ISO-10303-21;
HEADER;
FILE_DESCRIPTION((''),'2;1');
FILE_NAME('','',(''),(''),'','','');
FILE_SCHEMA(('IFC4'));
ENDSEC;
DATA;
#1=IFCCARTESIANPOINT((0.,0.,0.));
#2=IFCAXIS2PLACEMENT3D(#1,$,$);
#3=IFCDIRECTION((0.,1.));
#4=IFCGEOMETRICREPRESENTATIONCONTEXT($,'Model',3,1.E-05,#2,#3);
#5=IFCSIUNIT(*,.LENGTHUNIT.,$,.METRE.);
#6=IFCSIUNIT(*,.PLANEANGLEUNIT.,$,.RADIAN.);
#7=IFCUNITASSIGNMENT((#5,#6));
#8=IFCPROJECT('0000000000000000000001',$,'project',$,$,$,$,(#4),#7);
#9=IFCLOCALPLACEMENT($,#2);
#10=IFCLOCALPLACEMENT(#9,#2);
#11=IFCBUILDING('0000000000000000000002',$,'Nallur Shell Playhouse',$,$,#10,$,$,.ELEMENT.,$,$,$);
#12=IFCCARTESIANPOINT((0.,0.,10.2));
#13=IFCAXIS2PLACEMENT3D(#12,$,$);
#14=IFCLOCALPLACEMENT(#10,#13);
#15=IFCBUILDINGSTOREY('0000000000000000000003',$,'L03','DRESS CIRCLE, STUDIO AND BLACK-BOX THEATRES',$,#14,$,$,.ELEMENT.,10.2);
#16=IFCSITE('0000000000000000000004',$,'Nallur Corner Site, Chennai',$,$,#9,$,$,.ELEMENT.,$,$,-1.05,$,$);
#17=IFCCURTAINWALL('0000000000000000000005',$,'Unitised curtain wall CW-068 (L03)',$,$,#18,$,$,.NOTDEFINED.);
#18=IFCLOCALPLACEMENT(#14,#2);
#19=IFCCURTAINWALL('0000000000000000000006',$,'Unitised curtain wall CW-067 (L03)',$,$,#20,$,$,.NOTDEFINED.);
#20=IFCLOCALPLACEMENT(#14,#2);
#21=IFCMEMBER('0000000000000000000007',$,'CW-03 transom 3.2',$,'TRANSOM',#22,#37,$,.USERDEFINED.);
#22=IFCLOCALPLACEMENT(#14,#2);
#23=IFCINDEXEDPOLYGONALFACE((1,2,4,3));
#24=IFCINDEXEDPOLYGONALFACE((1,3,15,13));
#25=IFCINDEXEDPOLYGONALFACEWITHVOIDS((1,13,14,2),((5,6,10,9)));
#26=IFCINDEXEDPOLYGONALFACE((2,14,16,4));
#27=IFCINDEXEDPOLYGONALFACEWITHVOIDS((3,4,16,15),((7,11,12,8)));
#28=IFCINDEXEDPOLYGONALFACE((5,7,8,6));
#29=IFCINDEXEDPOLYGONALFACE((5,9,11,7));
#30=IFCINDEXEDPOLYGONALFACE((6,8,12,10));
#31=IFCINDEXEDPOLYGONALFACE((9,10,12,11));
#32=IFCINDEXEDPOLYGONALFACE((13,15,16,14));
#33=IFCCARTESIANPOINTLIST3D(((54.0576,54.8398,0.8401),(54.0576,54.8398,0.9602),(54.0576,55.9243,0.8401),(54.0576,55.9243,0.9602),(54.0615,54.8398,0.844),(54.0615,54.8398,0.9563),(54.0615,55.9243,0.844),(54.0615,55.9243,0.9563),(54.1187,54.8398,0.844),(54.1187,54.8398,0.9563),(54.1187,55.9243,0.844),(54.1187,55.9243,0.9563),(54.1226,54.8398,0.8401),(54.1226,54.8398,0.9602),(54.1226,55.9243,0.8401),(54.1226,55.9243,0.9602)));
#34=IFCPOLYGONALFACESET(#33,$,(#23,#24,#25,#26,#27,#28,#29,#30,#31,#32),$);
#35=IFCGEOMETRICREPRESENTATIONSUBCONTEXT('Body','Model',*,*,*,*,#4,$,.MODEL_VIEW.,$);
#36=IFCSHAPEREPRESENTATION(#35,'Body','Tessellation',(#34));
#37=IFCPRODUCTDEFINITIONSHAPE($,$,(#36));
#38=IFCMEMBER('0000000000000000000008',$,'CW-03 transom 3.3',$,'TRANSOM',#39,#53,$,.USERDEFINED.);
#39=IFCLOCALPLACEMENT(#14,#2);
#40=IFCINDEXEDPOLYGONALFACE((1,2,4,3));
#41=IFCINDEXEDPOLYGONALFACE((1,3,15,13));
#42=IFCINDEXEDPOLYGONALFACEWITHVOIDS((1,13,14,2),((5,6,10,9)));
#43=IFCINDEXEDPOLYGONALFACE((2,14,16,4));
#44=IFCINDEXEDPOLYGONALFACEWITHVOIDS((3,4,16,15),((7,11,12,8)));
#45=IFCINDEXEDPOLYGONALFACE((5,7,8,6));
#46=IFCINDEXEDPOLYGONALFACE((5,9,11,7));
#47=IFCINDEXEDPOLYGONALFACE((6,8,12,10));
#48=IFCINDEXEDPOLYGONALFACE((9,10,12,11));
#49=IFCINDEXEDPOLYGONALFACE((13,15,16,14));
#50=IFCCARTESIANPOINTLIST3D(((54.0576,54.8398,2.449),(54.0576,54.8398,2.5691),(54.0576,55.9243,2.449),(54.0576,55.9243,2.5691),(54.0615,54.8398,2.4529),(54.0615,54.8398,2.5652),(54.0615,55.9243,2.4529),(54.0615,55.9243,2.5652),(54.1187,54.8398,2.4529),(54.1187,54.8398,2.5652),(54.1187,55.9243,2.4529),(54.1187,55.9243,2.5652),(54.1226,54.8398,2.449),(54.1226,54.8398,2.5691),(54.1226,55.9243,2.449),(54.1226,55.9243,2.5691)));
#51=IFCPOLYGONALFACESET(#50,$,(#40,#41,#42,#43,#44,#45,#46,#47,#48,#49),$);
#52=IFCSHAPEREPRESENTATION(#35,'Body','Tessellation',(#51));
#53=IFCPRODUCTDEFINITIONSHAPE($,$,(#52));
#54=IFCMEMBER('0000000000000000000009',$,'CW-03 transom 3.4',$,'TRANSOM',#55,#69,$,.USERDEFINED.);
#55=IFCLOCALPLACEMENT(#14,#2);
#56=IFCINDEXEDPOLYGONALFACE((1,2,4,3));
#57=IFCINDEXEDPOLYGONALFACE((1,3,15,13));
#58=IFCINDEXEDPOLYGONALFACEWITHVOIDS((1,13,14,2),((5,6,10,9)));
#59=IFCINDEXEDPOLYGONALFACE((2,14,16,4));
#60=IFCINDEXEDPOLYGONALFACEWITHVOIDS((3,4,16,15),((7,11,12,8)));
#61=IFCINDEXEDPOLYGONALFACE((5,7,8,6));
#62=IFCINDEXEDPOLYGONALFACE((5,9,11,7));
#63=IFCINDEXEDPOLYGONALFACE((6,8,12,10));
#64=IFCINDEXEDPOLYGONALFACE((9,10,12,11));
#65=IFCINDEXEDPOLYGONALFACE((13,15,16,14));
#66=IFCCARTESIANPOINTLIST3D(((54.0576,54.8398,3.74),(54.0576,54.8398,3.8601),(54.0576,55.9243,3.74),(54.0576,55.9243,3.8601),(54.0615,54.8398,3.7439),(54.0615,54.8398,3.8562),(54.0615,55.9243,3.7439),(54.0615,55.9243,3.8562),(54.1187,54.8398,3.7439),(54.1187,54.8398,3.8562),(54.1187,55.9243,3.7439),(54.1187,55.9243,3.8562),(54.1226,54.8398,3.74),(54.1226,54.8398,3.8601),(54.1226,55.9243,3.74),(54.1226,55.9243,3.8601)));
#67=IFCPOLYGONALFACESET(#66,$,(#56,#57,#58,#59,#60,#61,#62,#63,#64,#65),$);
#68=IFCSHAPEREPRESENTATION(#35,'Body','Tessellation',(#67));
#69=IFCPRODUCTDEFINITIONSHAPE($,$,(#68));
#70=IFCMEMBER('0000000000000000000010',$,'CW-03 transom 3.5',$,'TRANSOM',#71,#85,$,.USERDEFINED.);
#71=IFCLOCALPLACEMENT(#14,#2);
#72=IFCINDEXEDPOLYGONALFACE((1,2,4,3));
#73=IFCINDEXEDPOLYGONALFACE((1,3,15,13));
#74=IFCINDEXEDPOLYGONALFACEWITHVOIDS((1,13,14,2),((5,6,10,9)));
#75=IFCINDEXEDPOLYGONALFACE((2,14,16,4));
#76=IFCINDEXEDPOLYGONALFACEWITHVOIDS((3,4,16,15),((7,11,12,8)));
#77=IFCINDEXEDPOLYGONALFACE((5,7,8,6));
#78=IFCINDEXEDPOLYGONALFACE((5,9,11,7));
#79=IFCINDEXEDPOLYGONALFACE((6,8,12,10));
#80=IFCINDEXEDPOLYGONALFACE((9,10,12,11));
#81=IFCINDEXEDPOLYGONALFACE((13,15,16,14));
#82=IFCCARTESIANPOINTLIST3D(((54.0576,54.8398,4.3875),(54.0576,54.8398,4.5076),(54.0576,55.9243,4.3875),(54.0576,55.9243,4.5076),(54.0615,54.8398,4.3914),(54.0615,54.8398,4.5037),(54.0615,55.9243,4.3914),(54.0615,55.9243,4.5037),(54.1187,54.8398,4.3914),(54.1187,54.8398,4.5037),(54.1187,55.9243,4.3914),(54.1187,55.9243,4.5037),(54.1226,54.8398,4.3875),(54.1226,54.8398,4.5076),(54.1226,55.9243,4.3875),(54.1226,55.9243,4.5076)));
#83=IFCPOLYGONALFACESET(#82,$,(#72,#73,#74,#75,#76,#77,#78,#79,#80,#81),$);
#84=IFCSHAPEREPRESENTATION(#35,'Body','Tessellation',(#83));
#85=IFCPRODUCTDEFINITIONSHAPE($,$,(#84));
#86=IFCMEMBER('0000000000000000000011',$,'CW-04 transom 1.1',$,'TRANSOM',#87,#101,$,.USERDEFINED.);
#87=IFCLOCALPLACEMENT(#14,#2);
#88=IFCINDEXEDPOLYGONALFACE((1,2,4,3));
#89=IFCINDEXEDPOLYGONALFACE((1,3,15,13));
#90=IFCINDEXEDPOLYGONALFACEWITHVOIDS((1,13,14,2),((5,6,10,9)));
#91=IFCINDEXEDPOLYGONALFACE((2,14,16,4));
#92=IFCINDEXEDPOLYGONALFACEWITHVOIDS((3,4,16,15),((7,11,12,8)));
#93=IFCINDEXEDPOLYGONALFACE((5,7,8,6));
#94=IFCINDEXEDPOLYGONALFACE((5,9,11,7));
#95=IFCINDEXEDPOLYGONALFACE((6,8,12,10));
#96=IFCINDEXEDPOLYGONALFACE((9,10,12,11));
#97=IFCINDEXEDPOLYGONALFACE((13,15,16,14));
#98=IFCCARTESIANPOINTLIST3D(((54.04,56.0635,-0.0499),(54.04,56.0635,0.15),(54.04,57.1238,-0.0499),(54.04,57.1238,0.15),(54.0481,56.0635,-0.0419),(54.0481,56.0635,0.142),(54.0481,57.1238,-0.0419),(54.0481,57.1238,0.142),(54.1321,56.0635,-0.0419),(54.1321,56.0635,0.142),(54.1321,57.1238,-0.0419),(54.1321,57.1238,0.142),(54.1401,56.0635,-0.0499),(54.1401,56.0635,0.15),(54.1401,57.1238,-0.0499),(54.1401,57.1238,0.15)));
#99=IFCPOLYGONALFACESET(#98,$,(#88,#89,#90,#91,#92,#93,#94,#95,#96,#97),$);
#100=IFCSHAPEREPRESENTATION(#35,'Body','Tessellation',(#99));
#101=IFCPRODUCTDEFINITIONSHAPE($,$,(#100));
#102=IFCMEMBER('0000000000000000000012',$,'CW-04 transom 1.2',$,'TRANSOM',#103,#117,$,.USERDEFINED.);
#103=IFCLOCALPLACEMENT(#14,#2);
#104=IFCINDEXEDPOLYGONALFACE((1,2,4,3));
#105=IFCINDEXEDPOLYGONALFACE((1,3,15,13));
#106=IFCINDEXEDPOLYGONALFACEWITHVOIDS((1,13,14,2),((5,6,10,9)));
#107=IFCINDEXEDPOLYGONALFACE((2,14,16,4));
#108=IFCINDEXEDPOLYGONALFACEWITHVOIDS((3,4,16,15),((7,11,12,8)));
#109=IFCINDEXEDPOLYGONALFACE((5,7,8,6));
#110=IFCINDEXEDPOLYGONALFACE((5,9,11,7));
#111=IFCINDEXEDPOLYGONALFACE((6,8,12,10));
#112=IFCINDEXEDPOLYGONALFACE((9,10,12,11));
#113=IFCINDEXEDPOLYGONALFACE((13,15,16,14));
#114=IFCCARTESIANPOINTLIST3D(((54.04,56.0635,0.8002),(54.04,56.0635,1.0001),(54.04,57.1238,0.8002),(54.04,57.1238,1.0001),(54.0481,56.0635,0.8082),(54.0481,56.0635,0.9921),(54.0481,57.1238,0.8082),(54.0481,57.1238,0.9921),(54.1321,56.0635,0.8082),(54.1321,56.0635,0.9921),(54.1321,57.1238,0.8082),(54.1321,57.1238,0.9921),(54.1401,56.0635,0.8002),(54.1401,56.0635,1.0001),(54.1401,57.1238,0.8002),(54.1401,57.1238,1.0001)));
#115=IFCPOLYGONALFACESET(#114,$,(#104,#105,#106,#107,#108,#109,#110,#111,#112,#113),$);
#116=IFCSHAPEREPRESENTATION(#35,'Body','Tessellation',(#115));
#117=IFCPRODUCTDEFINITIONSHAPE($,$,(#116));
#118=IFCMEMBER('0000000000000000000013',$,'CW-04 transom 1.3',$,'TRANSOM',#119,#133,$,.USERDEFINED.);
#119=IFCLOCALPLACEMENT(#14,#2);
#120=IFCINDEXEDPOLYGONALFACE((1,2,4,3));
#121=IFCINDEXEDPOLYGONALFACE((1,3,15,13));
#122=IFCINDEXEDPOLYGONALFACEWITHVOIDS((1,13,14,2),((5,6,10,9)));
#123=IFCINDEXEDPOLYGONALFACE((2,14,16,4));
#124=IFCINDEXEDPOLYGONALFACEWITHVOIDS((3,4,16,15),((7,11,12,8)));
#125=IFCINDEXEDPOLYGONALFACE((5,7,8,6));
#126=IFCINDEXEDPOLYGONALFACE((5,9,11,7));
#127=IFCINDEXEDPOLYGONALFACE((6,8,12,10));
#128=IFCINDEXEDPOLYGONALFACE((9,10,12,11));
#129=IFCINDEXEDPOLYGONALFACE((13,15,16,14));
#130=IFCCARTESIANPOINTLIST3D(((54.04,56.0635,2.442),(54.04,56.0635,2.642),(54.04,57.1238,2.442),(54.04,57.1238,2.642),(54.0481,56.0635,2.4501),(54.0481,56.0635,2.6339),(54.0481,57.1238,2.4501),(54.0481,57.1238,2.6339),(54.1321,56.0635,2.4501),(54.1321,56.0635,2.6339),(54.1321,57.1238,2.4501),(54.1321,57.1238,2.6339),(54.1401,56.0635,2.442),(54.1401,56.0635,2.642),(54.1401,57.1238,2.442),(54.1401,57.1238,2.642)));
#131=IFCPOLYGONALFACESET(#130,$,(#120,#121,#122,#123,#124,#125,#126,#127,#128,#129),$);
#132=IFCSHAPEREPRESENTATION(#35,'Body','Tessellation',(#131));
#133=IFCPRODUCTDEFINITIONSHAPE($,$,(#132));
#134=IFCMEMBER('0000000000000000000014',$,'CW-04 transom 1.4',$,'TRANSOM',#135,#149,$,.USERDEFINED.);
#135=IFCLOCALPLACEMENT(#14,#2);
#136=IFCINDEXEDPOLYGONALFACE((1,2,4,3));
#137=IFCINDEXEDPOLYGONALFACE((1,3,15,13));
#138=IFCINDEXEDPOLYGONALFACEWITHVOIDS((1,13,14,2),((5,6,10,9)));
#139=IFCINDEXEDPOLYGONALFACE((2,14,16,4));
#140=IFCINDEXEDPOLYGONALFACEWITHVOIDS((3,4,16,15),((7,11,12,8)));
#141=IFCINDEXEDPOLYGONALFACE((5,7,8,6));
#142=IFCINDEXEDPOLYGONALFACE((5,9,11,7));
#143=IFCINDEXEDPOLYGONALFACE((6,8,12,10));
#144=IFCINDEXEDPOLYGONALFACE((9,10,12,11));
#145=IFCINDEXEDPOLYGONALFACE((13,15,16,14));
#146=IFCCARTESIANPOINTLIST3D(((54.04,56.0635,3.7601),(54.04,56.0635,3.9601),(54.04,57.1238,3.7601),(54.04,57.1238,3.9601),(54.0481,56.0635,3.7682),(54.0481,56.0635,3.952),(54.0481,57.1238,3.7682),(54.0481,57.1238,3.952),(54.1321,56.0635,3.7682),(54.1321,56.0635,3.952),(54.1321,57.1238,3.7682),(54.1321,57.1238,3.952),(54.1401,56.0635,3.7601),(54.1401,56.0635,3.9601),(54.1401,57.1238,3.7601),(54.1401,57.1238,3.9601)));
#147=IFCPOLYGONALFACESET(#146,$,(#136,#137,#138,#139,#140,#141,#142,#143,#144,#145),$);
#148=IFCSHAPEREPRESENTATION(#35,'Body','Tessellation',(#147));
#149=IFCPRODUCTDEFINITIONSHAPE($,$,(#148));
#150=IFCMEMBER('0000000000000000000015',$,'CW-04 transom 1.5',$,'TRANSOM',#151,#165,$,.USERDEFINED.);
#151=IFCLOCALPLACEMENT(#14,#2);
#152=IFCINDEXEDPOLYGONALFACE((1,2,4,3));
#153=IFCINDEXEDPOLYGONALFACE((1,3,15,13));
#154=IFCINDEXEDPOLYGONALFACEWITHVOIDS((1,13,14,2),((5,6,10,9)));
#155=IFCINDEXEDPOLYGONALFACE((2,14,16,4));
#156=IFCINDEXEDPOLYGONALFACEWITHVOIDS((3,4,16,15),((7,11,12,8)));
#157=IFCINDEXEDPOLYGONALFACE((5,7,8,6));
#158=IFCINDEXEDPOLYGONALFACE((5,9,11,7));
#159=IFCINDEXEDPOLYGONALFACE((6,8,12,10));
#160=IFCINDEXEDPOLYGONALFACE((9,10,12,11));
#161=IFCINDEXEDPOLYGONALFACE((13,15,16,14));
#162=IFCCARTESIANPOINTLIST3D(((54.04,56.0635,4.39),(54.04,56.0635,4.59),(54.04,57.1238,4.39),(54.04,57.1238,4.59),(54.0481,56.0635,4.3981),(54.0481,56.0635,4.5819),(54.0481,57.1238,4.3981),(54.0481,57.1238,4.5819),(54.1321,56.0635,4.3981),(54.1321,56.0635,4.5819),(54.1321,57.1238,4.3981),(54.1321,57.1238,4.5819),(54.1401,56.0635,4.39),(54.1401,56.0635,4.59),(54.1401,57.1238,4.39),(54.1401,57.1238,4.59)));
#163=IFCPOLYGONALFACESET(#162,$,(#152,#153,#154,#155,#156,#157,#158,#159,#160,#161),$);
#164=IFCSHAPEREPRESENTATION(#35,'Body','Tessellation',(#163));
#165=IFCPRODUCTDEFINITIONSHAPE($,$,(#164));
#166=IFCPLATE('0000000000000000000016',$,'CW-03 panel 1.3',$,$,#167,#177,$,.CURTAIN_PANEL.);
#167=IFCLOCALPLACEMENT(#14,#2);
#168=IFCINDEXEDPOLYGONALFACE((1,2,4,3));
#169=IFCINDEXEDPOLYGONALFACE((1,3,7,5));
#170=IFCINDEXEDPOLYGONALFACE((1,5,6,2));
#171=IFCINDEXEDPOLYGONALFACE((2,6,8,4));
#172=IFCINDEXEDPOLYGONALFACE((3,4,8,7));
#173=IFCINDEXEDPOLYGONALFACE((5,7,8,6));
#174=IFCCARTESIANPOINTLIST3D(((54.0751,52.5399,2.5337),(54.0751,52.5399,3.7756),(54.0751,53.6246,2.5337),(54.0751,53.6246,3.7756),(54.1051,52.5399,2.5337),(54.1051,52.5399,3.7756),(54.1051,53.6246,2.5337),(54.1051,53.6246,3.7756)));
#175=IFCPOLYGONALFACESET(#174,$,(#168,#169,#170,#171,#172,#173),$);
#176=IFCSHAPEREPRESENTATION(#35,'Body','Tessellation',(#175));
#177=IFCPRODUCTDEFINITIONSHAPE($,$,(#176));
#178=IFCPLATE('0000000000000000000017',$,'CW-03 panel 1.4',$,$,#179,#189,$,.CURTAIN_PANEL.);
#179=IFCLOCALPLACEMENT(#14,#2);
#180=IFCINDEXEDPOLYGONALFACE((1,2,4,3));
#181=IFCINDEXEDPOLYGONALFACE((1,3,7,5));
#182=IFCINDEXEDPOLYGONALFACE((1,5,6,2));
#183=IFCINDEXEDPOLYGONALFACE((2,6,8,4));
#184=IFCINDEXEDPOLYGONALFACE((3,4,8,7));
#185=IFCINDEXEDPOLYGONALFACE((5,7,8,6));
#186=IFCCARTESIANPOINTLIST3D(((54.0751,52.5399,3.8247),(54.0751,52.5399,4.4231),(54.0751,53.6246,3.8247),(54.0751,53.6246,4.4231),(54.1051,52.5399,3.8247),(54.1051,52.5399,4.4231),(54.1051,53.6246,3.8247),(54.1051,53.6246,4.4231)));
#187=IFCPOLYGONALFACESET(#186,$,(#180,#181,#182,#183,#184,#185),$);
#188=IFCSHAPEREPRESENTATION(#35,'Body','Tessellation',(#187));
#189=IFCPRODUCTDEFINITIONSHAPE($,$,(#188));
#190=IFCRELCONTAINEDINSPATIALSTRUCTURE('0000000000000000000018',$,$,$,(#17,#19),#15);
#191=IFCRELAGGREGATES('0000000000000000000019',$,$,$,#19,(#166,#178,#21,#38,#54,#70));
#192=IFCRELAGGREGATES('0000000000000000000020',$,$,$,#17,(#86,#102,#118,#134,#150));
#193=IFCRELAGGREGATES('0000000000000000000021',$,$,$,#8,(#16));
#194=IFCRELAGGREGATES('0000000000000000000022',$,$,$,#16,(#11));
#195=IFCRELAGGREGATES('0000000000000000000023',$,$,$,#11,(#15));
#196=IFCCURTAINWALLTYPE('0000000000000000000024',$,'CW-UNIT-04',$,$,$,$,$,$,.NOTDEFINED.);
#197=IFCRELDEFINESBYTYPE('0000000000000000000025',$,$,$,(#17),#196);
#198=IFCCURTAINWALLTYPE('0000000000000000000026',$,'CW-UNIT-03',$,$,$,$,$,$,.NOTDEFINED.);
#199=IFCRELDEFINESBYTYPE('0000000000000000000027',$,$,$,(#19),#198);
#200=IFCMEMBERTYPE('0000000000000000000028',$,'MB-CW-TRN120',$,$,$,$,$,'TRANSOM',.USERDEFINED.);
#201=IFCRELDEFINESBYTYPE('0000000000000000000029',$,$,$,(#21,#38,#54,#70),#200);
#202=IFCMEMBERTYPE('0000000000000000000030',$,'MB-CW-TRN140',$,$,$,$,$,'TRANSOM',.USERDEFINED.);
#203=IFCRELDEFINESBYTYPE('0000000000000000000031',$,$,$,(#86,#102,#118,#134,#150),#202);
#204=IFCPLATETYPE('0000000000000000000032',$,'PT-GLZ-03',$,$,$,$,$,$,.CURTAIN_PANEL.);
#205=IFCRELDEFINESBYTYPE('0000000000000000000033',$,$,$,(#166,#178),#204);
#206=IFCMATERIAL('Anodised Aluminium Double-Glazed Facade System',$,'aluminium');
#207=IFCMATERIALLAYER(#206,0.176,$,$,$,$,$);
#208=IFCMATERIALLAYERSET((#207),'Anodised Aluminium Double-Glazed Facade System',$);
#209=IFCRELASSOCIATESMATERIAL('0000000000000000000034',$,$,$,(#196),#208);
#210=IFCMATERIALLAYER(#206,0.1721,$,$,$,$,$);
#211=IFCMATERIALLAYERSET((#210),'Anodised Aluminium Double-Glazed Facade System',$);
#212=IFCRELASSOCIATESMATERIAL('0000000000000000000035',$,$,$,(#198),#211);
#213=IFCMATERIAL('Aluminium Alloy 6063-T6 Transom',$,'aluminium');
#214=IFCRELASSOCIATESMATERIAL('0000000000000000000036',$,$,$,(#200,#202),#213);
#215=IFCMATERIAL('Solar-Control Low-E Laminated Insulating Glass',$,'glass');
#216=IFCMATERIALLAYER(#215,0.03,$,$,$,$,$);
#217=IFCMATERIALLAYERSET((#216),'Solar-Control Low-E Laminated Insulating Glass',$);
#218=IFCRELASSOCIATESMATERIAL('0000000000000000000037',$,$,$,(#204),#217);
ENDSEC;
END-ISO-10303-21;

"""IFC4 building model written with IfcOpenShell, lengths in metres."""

from ifc_helpers import new_model, si_unit, direction, frame, origin, origin_2d, place, context, subcontext, project, spatial, rectangle, hollow_rectangle, extrude, material, layer, layer_set, material_profile, profile_set, type_object, element, aggregate, save


model = new_model("IFC4")

# Units and contexts
model_context = context("Model", 3, precision=1e-05, world=origin(), true_north=direction((0.0, 1.0)))
body_context = subcontext(model_context, "Body", "Model", "MODEL_VIEW")
ifc_project = project(units=[si_unit("LENGTHUNIT", "METRE"), si_unit("PLANEANGLEUNIT", "RADIAN")], contexts=[model_context])

# Site, building, storey
site_placement = place(None, origin())
site = spatial("IfcSite", under=ifc_project, at=site_placement, Name="Nallur Corner Site, Chennai", CompositionType="ELEMENT", RefElevation=-1.05)
building_placement = place(site_placement, origin())
building = spatial("IfcBuilding", under=site, at=building_placement, Name="Nallur Shell Playhouse", CompositionType="ELEMENT")
storey_placement = place(building_placement, frame((0.0, 0.0, 10.2)))
storey = spatial("IfcBuildingStorey", under=building, at=storey_placement, Name="L03", Description="DRESS CIRCLE, STUDIO AND BLACK-BOX THEATRES", CompositionType="ELEMENT", Elevation=10.2)

# Curtain wall
ifc_material_1 = material(Name="Anodised Aluminium Double-Glazed Facade System", Category="aluminium")
ifc_layer_1 = layer(ifc_material_1, 0.176)
ifc_layer_set_1 = layer_set([ifc_layer_1], Name="Anodised Aluminium Double-Glazed Facade System")
curtain_wall_type_1 = type_object("IfcCurtainWallType", Name="CW-UNIT-04", PredefinedType="NOTDEFINED", material=ifc_layer_set_1)
curtain_wall_1_placement = place(storey_placement, origin())
curtain_wall_1 = element("IfcCurtainWall", 1, at=curtain_wall_1_placement, inside=storey, type_object=curtain_wall_type_1, Name="Unitised curtain wall CW-068 (L03)", PredefinedType="NOTDEFINED")

# Curtain wall, members
ifc_layer_2 = layer(ifc_material_1, 0.1721)
ifc_layer_set_2 = layer_set([ifc_layer_2], Name="Anodised Aluminium Double-Glazed Facade System")
curtain_wall_type_2 = type_object("IfcCurtainWallType", Name="CW-UNIT-03", PredefinedType="NOTDEFINED", material=ifc_layer_set_2)
curtain_wall_2_placement = place(storey_placement, origin())
curtain_wall_2 = element("IfcCurtainWall", 2, at=curtain_wall_2_placement, inside=storey, type_object=curtain_wall_type_2, Name="Unitised curtain wall CW-067 (L03)", PredefinedType="NOTDEFINED")
ifc_material_2 = material(Name="Aluminium Alloy 6063-T6 Transom", Category="aluminium")
ifc_material_profile_1 = material_profile(ifc_material_2, hollow_rectangle(XDim=0.0649, YDim=0.1201, WallThickness=0.0039, at=origin_2d()), Name="ALU 65x120x4")
ifc_profile_set_1 = profile_set([ifc_material_profile_1], Name="Aluminium Alloy 6063-T6 Transom")
member_type_1 = type_object("IfcMemberType", Name="MB-CW-TRN120", ElementType="TRANSOM", PredefinedType="USERDEFINED", material=ifc_profile_set_1)
member_1_placement = place(storey_placement, frame((54.0901, 54.8398, 0.9001), z_axis=(0.0, 1.0, 0.0), x_axis=(-1.0, 0.0, 0.0)))
member_1 = element("IfcMember", 3, at=member_1_placement, type_object=member_type_1, Name="CW-03 transom 3.2", ObjectType="TRANSOM", PredefinedType="USERDEFINED", context=body_context, shape_type="SweptSolid", body=[
    extrude(hollow_rectangle(XDim=0.0649, YDim=0.1201, WallThickness=0.0039, at=origin_2d()), origin(), (0.0, 0.0, 1.0), 1.0845),
])
member_2_placement = place(storey_placement, frame((54.0901, 54.8398, 2.509), z_axis=(0.0, 1.0, 0.0), x_axis=(-1.0, 0.0, 0.0)))
member_2 = element("IfcMember", 4, at=member_2_placement, type_object=member_type_1, Name="CW-03 transom 3.3", ObjectType="TRANSOM", PredefinedType="USERDEFINED", context=body_context, shape_type="SweptSolid", body=[
    extrude(hollow_rectangle(XDim=0.0649, YDim=0.1201, WallThickness=0.0039, at=origin_2d()), origin(), (0.0, 0.0, 1.0), 1.0845),
])
member_3_placement = place(storey_placement, frame((54.0901, 54.8398, 3.8), z_axis=(0.0, 1.0, 0.0), x_axis=(-1.0, 0.0, 0.0)))
member_3 = element("IfcMember", 5, at=member_3_placement, type_object=member_type_1, Name="CW-03 transom 3.4", ObjectType="TRANSOM", PredefinedType="USERDEFINED", context=body_context, shape_type="SweptSolid", body=[
    extrude(hollow_rectangle(XDim=0.0649, YDim=0.1201, WallThickness=0.0039, at=origin_2d()), origin(), (0.0, 0.0, 1.0), 1.0845),
])
member_4_placement = place(storey_placement, frame((54.0901, 54.8398, 4.4475), z_axis=(0.0, 1.0, 0.0), x_axis=(-1.0, 0.0, 0.0)))
member_4 = element("IfcMember", 6, at=member_4_placement, type_object=member_type_1, Name="CW-03 transom 3.5", ObjectType="TRANSOM", PredefinedType="USERDEFINED", context=body_context, shape_type="SweptSolid", body=[
    extrude(hollow_rectangle(XDim=0.0649, YDim=0.1201, WallThickness=0.0039, at=origin_2d()), origin(), (0.0, 0.0, 1.0), 1.0845),
])

# Members
ifc_material_profile_2 = material_profile(ifc_material_2, hollow_rectangle(XDim=0.1001, YDim=0.2, WallThickness=0.0081, at=origin_2d()), Name="RHS 200x100x8")
ifc_profile_set_2 = profile_set([ifc_material_profile_2], Name="Aluminium Alloy 6063-T6 Transom")
member_type_2 = type_object("IfcMemberType", Name="MB-CW-TRN140", ElementType="TRANSOM", PredefinedType="USERDEFINED", material=ifc_profile_set_2)
member_5_placement = place(storey_placement, frame((54.0901, 56.0635, 0.05), z_axis=(0.0, 1.0, 0.0), x_axis=(-1.0, 0.0, 0.0)))
member_5 = element("IfcMember", 7, at=member_5_placement, type_object=member_type_2, Name="CW-04 transom 1.1", ObjectType="TRANSOM", PredefinedType="USERDEFINED", context=body_context, shape_type="SweptSolid", body=[
    extrude(hollow_rectangle(XDim=0.1001, YDim=0.2, WallThickness=0.0081, at=origin_2d()), origin(), (0.0, 0.0, 1.0), 1.0603),
])
member_6_placement = place(storey_placement, frame((54.0901, 56.0635, 0.9001), z_axis=(0.0, 1.0, 0.0), x_axis=(-1.0, 0.0, 0.0)))
member_6 = element("IfcMember", 8, at=member_6_placement, type_object=member_type_2, Name="CW-04 transom 1.2", ObjectType="TRANSOM", PredefinedType="USERDEFINED", context=body_context, shape_type="SweptSolid", body=[
    extrude(hollow_rectangle(XDim=0.1001, YDim=0.2, WallThickness=0.0081, at=origin_2d()), origin(), (0.0, 0.0, 1.0), 1.0603),
])
member_7_placement = place(storey_placement, frame((54.0901, 56.0635, 2.542), z_axis=(0.0, 1.0, 0.0), x_axis=(-1.0, 0.0, 0.0)))
member_7 = element("IfcMember", 9, at=member_7_placement, type_object=member_type_2, Name="CW-04 transom 1.3", ObjectType="TRANSOM", PredefinedType="USERDEFINED", context=body_context, shape_type="SweptSolid", body=[
    extrude(hollow_rectangle(XDim=0.1001, YDim=0.2, WallThickness=0.0081, at=origin_2d()), origin(), (0.0, 0.0, 1.0), 1.0603),
])
member_8_placement = place(storey_placement, frame((54.0901, 56.0635, 3.8601), z_axis=(0.0, 1.0, 0.0), x_axis=(-1.0, 0.0, 0.0)))
member_8 = element("IfcMember", 10, at=member_8_placement, type_object=member_type_2, Name="CW-04 transom 1.4", ObjectType="TRANSOM", PredefinedType="USERDEFINED", context=body_context, shape_type="SweptSolid", body=[
    extrude(hollow_rectangle(XDim=0.1001, YDim=0.2, WallThickness=0.0081, at=origin_2d()), origin(), (0.0, 0.0, 1.0), 1.0603),
])
member_9_placement = place(storey_placement, frame((54.0901, 56.0635, 4.49), z_axis=(0.0, 1.0, 0.0), x_axis=(-1.0, 0.0, 0.0)))
member_9 = element("IfcMember", 11, at=member_9_placement, type_object=member_type_2, Name="CW-04 transom 1.5", ObjectType="TRANSOM", PredefinedType="USERDEFINED", context=body_context, shape_type="SweptSolid", body=[
    extrude(hollow_rectangle(XDim=0.1001, YDim=0.2, WallThickness=0.0081, at=origin_2d()), origin(), (0.0, 0.0, 1.0), 1.0603),
])

# Plates
ifc_material_3 = material(Name="Solar-Control Low-E Laminated Insulating Glass", Category="glass")
ifc_layer_3 = layer(ifc_material_3, 0.03)
ifc_layer_set_3 = layer_set([ifc_layer_3], Name="Solar-Control Low-E Laminated Insulating Glass")
plate_type_1 = type_object("IfcPlateType", Name="PT-GLZ-03", PredefinedType="CURTAIN_PANEL", material=ifc_layer_set_3)
plate_1_placement = place(storey_placement, frame((54.0901, 53.0823, 2.5337), z_axis=(0.0, 0.0, 1.0), x_axis=(0.0, 1.0, 0.0)))
plate_1 = element("IfcPlate", 12, at=plate_1_placement, type_object=plate_type_1, Name="CW-03 panel 1.3", PredefinedType="CURTAIN_PANEL", context=body_context, shape_type="SweptSolid", body=[
    extrude(rectangle(XDim=1.0847, YDim=0.03, at=origin_2d()), origin(), (0.0, 0.0, 1.0), 1.2419),
])
plate_2_placement = place(storey_placement, frame((54.0901, 53.0823, 3.8247), z_axis=(0.0, 0.0, 1.0), x_axis=(0.0, 1.0, 0.0)))
plate_2 = element("IfcPlate", 13, at=plate_2_placement, type_object=plate_type_1, Name="CW-03 panel 1.4", PredefinedType="CURTAIN_PANEL", context=body_context, shape_type="SweptSolid", body=[
    extrude(rectangle(XDim=1.0847, YDim=0.03, at=origin_2d()), origin(), (0.0, 0.0, 1.0), 0.5984),
])
aggregate(curtain_wall_2, [plate_1, plate_2, member_1, member_2, member_3, member_4])
aggregate(curtain_wall_1, [member_5, member_6, member_7, member_8, member_9])

save(model, "model.ifc")
